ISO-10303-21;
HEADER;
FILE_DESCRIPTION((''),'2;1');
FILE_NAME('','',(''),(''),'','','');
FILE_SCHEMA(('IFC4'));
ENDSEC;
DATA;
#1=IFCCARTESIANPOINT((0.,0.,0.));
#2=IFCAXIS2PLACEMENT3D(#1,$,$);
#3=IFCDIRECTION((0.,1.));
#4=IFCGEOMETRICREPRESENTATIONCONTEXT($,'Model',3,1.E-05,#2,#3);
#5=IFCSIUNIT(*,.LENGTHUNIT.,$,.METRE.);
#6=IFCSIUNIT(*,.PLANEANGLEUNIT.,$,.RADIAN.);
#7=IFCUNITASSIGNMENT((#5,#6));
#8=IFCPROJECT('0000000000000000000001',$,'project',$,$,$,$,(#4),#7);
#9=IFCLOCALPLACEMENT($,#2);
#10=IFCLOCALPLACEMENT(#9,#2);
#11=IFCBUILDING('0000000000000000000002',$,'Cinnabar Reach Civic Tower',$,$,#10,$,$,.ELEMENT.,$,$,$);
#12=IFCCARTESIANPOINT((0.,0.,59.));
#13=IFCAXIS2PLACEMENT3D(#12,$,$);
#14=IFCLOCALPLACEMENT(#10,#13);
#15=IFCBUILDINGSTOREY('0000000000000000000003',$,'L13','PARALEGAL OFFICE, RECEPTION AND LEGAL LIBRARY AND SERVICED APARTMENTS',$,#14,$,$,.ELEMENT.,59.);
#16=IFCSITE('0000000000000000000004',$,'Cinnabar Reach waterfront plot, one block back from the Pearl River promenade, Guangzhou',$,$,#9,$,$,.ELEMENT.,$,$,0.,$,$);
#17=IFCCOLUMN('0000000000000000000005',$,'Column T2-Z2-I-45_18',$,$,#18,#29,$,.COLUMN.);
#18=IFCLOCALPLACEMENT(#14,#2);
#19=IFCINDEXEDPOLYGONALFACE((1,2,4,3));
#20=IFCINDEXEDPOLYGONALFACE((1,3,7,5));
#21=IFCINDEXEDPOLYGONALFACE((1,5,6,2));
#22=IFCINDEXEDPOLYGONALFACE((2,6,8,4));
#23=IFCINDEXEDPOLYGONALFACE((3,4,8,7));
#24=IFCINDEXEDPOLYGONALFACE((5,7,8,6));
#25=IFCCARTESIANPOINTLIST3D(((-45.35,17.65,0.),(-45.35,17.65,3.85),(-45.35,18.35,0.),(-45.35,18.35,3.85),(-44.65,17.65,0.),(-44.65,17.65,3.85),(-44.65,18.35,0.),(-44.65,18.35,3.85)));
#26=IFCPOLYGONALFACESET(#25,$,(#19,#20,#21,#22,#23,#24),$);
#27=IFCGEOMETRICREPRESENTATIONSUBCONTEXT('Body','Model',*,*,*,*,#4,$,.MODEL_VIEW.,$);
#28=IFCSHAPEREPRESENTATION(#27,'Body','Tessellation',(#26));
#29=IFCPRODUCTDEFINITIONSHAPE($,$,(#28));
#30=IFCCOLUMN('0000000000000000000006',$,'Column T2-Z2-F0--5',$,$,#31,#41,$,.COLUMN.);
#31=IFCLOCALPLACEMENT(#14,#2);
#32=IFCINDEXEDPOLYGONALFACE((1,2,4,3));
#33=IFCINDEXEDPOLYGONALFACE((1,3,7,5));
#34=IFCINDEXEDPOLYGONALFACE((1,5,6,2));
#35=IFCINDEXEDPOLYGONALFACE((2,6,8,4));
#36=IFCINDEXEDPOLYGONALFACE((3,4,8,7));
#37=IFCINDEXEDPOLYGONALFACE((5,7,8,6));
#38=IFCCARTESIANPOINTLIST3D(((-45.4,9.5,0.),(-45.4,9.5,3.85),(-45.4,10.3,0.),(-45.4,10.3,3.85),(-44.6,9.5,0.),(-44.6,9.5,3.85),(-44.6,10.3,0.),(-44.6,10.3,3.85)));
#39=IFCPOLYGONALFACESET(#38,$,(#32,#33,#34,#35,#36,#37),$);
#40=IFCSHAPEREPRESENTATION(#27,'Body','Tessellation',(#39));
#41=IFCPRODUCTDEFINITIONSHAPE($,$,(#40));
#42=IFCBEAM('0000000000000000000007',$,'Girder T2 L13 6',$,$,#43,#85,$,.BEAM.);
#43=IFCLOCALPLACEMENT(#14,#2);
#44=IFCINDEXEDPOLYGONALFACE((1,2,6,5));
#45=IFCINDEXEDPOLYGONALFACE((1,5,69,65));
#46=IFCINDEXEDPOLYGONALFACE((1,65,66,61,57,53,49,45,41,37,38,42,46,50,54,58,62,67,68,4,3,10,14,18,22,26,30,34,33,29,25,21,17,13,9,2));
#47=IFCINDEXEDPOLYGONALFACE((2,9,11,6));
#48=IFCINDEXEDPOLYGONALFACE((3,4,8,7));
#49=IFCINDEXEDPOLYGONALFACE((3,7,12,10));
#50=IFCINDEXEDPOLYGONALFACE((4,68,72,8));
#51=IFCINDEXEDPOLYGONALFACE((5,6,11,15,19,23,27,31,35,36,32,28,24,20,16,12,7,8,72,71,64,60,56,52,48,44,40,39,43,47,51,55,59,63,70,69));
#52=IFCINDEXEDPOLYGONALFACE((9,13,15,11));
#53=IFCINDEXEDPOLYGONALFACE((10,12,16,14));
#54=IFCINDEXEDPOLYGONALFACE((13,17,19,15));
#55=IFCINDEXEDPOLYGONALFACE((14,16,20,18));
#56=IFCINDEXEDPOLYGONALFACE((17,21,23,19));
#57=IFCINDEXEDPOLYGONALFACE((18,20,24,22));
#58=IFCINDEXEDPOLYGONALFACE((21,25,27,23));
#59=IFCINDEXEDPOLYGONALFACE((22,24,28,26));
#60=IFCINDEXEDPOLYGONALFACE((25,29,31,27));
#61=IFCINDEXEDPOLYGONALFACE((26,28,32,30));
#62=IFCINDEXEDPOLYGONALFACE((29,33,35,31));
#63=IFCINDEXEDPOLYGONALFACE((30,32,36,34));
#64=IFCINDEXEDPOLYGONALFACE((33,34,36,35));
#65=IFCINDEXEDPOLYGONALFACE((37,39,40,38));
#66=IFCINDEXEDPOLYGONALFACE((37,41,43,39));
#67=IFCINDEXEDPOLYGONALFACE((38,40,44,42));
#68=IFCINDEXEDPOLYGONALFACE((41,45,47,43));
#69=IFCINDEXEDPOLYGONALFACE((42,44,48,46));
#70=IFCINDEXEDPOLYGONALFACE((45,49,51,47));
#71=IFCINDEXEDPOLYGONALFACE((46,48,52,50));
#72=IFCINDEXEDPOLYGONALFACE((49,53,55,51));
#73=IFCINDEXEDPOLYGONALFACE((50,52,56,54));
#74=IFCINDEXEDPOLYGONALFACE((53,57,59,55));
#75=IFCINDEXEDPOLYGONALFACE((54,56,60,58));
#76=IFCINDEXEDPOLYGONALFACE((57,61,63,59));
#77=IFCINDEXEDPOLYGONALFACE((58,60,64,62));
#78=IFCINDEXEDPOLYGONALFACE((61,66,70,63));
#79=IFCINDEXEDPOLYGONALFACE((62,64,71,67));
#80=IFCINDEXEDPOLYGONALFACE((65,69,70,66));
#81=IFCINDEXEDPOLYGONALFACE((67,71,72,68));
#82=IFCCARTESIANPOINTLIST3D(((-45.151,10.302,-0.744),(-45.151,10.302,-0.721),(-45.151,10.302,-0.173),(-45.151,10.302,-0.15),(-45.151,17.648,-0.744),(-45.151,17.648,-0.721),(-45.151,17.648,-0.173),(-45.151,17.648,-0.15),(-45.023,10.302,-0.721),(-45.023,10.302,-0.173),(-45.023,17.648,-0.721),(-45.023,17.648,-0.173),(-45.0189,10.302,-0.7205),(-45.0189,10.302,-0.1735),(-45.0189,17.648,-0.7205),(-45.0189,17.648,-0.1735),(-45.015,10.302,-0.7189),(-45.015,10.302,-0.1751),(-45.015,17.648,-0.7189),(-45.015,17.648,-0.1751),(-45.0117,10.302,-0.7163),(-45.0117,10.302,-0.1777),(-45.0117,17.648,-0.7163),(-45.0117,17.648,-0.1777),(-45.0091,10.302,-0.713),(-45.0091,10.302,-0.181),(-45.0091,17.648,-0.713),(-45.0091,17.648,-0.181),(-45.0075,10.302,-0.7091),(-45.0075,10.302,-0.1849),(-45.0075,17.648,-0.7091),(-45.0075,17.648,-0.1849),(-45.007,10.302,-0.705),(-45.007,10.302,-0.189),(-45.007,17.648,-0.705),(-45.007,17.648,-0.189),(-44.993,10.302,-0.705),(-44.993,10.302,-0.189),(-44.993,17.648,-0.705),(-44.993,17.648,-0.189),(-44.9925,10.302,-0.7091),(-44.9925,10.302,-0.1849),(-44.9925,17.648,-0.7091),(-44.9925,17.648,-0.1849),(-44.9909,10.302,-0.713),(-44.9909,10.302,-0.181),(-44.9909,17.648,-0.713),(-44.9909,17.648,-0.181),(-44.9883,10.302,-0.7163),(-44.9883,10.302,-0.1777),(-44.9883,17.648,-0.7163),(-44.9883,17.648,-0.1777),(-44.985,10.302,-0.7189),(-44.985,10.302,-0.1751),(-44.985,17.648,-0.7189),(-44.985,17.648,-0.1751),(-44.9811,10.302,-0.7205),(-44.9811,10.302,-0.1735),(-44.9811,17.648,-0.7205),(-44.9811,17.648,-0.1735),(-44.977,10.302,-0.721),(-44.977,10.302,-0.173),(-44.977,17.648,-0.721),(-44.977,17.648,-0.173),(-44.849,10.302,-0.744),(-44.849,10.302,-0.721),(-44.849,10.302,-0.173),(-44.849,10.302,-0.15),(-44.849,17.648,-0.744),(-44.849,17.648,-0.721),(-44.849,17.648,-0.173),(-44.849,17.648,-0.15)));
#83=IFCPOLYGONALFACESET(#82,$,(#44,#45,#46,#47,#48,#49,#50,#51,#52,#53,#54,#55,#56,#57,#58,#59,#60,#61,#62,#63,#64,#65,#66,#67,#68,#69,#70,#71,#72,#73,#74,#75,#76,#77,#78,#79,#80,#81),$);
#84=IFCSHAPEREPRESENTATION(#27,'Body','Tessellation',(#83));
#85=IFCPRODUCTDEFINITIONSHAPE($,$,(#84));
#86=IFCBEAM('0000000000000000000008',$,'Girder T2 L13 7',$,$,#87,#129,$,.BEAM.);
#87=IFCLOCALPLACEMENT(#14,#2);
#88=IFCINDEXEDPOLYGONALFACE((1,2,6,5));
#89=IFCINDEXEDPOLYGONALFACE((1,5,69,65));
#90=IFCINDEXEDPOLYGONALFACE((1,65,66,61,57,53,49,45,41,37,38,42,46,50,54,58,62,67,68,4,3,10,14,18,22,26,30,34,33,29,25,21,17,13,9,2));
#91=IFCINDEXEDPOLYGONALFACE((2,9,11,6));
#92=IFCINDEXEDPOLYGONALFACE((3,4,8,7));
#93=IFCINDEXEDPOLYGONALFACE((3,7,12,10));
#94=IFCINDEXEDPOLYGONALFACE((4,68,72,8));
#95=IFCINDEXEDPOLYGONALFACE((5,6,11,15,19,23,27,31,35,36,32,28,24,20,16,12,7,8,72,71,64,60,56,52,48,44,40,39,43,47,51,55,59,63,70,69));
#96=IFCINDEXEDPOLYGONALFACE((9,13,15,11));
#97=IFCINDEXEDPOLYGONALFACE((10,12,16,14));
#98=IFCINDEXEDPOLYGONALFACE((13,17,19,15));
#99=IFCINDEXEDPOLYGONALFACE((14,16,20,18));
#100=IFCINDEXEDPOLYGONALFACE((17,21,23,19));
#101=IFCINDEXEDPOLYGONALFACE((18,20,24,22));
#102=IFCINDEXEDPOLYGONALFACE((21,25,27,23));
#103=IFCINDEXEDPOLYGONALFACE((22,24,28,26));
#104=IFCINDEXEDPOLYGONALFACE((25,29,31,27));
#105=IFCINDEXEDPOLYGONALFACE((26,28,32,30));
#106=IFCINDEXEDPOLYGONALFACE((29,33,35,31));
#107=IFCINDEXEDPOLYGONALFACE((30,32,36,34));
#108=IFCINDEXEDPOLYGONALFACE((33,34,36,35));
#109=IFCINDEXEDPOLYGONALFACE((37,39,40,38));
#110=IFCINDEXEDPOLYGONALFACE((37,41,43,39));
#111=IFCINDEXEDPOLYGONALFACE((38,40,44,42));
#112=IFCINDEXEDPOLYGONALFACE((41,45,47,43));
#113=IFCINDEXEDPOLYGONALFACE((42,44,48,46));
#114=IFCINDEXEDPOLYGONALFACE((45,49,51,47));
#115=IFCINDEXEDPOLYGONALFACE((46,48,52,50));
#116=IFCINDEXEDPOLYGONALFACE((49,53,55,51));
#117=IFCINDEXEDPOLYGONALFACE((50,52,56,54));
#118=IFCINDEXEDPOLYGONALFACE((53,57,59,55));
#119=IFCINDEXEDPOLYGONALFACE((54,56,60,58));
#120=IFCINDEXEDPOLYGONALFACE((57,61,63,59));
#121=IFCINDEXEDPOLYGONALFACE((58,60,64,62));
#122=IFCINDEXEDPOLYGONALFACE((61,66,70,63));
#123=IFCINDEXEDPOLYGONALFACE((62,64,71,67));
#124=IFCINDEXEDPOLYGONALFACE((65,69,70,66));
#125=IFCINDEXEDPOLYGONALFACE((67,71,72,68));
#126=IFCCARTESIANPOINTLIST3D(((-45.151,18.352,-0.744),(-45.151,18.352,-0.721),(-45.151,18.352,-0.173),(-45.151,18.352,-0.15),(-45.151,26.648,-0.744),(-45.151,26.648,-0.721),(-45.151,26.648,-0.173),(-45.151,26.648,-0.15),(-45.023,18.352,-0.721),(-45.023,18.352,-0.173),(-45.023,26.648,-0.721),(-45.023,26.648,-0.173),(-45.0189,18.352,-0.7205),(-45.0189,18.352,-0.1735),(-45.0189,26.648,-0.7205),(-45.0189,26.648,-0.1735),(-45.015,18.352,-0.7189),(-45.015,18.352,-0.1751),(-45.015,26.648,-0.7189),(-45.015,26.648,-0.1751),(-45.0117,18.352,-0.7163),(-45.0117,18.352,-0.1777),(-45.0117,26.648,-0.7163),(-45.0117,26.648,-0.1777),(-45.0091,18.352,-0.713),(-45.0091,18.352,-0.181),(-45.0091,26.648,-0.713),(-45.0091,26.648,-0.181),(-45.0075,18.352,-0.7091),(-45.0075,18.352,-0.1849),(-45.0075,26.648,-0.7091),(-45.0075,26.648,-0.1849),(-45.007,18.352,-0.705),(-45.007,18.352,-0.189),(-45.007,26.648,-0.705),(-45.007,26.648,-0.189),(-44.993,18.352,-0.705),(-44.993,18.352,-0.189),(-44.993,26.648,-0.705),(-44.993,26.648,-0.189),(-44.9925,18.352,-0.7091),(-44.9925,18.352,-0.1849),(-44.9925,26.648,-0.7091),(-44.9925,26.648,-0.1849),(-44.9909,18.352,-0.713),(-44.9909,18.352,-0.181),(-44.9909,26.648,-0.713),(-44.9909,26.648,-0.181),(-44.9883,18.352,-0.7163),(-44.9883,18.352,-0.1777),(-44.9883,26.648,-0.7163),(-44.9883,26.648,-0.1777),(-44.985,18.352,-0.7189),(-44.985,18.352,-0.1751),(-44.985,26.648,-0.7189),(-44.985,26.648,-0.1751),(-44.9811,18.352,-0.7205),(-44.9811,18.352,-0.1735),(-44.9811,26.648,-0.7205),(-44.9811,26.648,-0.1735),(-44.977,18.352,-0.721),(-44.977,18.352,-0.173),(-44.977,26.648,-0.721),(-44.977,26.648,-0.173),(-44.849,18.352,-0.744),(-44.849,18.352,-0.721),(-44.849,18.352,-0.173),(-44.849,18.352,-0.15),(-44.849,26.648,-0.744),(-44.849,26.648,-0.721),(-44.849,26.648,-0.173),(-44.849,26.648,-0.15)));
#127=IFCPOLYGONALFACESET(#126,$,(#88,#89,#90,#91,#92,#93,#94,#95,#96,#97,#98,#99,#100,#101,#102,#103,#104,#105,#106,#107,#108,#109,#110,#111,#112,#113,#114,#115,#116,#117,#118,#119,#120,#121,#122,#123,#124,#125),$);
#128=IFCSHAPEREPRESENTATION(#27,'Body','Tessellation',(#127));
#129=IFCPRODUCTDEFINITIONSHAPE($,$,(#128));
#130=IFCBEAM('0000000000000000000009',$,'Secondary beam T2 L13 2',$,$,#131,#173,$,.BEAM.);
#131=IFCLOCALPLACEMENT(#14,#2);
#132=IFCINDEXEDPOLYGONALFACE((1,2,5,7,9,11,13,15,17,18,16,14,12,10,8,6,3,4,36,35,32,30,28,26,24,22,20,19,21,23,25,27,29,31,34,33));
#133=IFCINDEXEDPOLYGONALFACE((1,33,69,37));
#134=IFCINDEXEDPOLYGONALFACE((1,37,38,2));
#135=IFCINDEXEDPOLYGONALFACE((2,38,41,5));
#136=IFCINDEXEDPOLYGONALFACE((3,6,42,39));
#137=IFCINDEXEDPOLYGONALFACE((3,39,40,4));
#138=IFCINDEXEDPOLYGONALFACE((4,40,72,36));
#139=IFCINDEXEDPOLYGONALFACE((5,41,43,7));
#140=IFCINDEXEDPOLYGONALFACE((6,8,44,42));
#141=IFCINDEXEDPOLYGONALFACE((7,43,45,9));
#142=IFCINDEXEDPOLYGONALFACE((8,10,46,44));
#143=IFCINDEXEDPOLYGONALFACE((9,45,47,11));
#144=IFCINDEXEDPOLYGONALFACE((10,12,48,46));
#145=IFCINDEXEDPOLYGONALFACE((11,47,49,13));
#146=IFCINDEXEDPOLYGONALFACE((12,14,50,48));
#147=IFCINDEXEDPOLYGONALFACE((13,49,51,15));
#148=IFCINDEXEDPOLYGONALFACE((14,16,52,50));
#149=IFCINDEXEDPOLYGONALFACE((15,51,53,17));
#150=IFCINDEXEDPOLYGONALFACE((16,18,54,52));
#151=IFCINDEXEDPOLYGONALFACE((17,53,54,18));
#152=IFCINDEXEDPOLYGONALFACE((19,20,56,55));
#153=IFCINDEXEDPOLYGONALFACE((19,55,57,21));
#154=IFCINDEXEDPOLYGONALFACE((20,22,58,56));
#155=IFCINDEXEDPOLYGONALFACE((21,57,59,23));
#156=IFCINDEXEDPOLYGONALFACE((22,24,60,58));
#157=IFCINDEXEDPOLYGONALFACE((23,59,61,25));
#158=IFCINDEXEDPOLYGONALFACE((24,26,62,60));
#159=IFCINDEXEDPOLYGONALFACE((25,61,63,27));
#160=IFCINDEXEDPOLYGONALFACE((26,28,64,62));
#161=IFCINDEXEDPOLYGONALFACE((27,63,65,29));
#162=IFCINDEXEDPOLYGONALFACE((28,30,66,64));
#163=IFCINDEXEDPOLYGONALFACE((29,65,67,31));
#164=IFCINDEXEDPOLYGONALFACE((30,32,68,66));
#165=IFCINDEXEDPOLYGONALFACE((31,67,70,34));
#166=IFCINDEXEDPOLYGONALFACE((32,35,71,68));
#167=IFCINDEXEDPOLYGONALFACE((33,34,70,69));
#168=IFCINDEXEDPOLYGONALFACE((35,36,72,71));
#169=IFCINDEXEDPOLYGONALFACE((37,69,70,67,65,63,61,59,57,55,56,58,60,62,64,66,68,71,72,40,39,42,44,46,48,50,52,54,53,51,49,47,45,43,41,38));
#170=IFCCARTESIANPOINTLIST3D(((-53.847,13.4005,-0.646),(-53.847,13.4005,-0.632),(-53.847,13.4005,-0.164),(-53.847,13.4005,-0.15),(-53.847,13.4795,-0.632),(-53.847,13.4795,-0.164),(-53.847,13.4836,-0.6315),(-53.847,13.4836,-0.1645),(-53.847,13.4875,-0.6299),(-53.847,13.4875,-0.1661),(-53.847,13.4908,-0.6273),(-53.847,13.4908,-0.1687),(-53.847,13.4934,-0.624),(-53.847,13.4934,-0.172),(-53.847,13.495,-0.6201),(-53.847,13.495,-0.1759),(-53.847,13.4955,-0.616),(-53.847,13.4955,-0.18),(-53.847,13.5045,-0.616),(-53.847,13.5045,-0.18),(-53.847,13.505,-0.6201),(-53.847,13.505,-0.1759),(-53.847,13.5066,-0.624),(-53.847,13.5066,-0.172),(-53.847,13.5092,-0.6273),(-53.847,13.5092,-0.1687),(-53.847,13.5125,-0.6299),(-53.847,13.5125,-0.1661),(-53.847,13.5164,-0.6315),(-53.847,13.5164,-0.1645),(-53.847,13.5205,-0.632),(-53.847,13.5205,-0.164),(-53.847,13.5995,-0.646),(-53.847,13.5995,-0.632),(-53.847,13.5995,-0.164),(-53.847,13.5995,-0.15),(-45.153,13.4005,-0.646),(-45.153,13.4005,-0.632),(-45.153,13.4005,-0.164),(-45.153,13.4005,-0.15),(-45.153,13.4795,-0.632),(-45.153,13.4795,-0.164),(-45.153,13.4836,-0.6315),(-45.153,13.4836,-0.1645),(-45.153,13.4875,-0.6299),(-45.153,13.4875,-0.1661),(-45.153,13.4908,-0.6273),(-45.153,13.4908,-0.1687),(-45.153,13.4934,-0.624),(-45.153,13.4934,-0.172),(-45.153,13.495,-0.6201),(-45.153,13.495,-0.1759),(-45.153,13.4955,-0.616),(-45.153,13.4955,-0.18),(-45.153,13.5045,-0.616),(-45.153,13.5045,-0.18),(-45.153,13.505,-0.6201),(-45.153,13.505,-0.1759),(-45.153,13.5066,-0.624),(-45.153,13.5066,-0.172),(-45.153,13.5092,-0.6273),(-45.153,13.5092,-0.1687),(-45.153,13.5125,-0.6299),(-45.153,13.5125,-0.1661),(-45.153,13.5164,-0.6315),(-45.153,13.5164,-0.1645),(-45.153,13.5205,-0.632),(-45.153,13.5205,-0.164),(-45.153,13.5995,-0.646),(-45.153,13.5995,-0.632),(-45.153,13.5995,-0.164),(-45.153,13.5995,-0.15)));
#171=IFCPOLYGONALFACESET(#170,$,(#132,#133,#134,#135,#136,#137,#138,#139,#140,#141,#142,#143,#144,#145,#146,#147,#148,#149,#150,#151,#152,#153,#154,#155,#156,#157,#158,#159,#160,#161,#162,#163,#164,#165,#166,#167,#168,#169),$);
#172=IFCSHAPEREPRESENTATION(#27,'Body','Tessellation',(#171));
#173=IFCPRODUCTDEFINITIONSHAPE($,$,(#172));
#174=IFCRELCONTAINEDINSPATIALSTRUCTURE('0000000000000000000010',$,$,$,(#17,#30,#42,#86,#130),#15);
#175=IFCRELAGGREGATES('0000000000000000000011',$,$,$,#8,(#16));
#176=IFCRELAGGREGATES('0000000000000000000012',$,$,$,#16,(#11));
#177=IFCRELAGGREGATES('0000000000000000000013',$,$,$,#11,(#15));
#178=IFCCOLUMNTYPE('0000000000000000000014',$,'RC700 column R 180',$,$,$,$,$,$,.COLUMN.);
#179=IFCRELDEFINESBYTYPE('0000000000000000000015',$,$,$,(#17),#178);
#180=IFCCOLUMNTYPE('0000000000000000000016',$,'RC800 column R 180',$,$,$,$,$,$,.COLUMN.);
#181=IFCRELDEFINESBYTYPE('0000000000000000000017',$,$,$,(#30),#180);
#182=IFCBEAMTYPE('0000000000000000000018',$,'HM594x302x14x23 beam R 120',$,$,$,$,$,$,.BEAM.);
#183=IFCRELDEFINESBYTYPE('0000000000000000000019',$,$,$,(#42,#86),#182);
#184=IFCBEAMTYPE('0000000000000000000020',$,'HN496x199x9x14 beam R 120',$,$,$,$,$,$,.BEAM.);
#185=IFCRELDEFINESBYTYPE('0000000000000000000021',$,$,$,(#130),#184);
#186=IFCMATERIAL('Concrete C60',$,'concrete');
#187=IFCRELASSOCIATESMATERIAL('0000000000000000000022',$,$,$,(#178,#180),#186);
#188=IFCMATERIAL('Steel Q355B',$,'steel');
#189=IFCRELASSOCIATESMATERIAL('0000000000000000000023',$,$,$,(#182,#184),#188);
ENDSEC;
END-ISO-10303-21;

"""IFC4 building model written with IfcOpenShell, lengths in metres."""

from ifc_helpers import new_model, si_unit, direction, frame, origin, origin_2d, place, context, subcontext, project, spatial, rectangle, i_section, extrude, material, material_profile, profile_set, type_object, element, save


model = new_model("IFC4")

# Units and contexts
model_context = context("Model", 3, precision=1e-05, world=origin(), true_north=direction((0.0, 1.0)))
body_context = subcontext(model_context, "Body", "Model", "MODEL_VIEW")
ifc_project = project(units=[si_unit("LENGTHUNIT", "METRE"), si_unit("PLANEANGLEUNIT", "RADIAN")], contexts=[model_context])

# Site, building, storey
site_placement = place(None, origin())
site = spatial("IfcSite", under=ifc_project, at=site_placement, Name="Cinnabar Reach waterfront plot, one block back from the Pearl River promenade, Guangzhou", CompositionType="ELEMENT", RefElevation=0.0)
building_placement = place(site_placement, origin())
building = spatial("IfcBuilding", under=site, at=building_placement, Name="Cinnabar Reach Civic Tower", CompositionType="ELEMENT")
storey_placement = place(building_placement, frame((0.0, 0.0, 59.0)))
storey = spatial("IfcBuildingStorey", under=building, at=storey_placement, Name="L13", Description="PARALEGAL OFFICE, RECEPTION AND LEGAL LIBRARY AND SERVICED APARTMENTS", CompositionType="ELEMENT", Elevation=59.0)

# Columns
ifc_material_1 = material(Name="Concrete C60", Category="concrete")
ifc_material_profile_1 = material_profile(ifc_material_1, rectangle(XDim=0.7, YDim=0.7, at=origin_2d()), Name="RC700")
ifc_profile_set_1 = profile_set([ifc_material_profile_1], Name="Concrete C60")
column_type_1 = type_object("IfcColumnType", Name="RC700 column R 180", PredefinedType="COLUMN", material=ifc_profile_set_1)
column_1_placement = place(storey_placement, frame((-45.0, 18.0, 0.0), z_axis=(0.0, 0.0, 1.0), x_axis=(1.0, 0.0, 0.0)))
element("IfcColumn", 1, at=column_1_placement, inside=storey, type_object=column_type_1, Name="Column T2-Z2-I-45_18", PredefinedType="COLUMN", context=body_context, shape_type="SweptSolid", body=[
    extrude(rectangle(XDim=0.7, YDim=0.7, at=origin_2d()), origin(), (0.0, 0.0, 1.0), 3.85),
])
ifc_material_profile_2 = material_profile(ifc_material_1, rectangle(XDim=0.8, YDim=0.8, at=origin_2d()), Name="RC800")
ifc_profile_set_2 = profile_set([ifc_material_profile_2], Name="Concrete C60")
column_type_2 = type_object("IfcColumnType", Name="RC800 column R 180", PredefinedType="COLUMN", material=ifc_profile_set_2)
column_2_placement = place(storey_placement, frame((-45.0, 9.9, 0.0), z_axis=(0.0, 0.0, 1.0), x_axis=(1.0, 0.0, 0.0)))
element("IfcColumn", 2, at=column_2_placement, inside=storey, type_object=column_type_2, Name="Column T2-Z2-F0--5", PredefinedType="COLUMN", context=body_context, shape_type="SweptSolid", body=[
    extrude(rectangle(XDim=0.8, YDim=0.8, at=origin_2d()), origin(), (0.0, 0.0, 1.0), 3.85),
])

# Beams
ifc_material_2 = material(Name="Steel Q355B", Category="steel")
ifc_material_profile_3 = material_profile(ifc_material_2, i_section(OverallWidth=0.302, OverallDepth=0.594, WebThickness=0.014, FlangeThickness=0.023, FilletRadius=0.016, at=origin_2d()), Name="HM594x302x14x23")
ifc_profile_set_3 = profile_set([ifc_material_profile_3], Name="Steel Q355B")
beam_type_1 = type_object("IfcBeamType", Name="HM594x302x14x23 beam R 120", PredefinedType="BEAM", material=ifc_profile_set_3)
beam_1_placement = place(storey_placement, frame((-45.0, 10.302, -0.447), z_axis=(0.0, 1.0, 0.0), x_axis=(-1.0, 0.0, 0.0)))
element("IfcBeam", 3, at=beam_1_placement, inside=storey, type_object=beam_type_1, Name="Girder T2 L13 6", PredefinedType="BEAM", context=body_context, shape_type="SweptSolid", body=[
    extrude(i_section(OverallWidth=0.302, OverallDepth=0.594, WebThickness=0.014, FlangeThickness=0.023, FilletRadius=0.016, at=origin_2d()), origin(), (0.0, 0.0, 1.0), 7.346),
])
beam_2_placement = place(storey_placement, frame((-45.0, 18.352, -0.447), z_axis=(0.0, 1.0, 0.0), x_axis=(-1.0, 0.0, 0.0)))
element("IfcBeam", 4, at=beam_2_placement, inside=storey, type_object=beam_type_1, Name="Girder T2 L13 7", PredefinedType="BEAM", context=body_context, shape_type="SweptSolid", body=[
    extrude(i_section(OverallWidth=0.302, OverallDepth=0.594, WebThickness=0.014, FlangeThickness=0.023, FilletRadius=0.016, at=origin_2d()), origin(), (0.0, 0.0, 1.0), 8.296),
])
ifc_material_profile_4 = material_profile(ifc_material_2, i_section(OverallWidth=0.199, OverallDepth=0.496, WebThickness=0.009, FlangeThickness=0.014, FilletRadius=0.016, at=origin_2d()), Name="HN496x199x9x14")
ifc_profile_set_4 = profile_set([ifc_material_profile_4], Name="Steel Q355B")
beam_type_2 = type_object("IfcBeamType", Name="HN496x199x9x14 beam R 120", PredefinedType="BEAM", material=ifc_profile_set_4)
for number, where, z_axis, x_axis, name in (
    (5, (-53.847, 13.5, -0.398), (1.0, 0.0, 0.0), (0.0, 1.0, 0.0), "Secondary beam T2 L13 2"),
):
    element("IfcBeam", number, at=place(storey_placement, frame(where, z_axis=z_axis, x_axis=x_axis)), inside=storey, type_object=beam_type_2, Name=name, PredefinedType="BEAM", context=body_context, shape_type="SweptSolid", body=[
        extrude(i_section(OverallWidth=0.199, OverallDepth=0.496, WebThickness=0.009, FlangeThickness=0.014, FilletRadius=0.016, at=origin_2d()), origin(), (0.0, 0.0, 1.0), 8.694),
    ])

save(model, "model.ifc")
